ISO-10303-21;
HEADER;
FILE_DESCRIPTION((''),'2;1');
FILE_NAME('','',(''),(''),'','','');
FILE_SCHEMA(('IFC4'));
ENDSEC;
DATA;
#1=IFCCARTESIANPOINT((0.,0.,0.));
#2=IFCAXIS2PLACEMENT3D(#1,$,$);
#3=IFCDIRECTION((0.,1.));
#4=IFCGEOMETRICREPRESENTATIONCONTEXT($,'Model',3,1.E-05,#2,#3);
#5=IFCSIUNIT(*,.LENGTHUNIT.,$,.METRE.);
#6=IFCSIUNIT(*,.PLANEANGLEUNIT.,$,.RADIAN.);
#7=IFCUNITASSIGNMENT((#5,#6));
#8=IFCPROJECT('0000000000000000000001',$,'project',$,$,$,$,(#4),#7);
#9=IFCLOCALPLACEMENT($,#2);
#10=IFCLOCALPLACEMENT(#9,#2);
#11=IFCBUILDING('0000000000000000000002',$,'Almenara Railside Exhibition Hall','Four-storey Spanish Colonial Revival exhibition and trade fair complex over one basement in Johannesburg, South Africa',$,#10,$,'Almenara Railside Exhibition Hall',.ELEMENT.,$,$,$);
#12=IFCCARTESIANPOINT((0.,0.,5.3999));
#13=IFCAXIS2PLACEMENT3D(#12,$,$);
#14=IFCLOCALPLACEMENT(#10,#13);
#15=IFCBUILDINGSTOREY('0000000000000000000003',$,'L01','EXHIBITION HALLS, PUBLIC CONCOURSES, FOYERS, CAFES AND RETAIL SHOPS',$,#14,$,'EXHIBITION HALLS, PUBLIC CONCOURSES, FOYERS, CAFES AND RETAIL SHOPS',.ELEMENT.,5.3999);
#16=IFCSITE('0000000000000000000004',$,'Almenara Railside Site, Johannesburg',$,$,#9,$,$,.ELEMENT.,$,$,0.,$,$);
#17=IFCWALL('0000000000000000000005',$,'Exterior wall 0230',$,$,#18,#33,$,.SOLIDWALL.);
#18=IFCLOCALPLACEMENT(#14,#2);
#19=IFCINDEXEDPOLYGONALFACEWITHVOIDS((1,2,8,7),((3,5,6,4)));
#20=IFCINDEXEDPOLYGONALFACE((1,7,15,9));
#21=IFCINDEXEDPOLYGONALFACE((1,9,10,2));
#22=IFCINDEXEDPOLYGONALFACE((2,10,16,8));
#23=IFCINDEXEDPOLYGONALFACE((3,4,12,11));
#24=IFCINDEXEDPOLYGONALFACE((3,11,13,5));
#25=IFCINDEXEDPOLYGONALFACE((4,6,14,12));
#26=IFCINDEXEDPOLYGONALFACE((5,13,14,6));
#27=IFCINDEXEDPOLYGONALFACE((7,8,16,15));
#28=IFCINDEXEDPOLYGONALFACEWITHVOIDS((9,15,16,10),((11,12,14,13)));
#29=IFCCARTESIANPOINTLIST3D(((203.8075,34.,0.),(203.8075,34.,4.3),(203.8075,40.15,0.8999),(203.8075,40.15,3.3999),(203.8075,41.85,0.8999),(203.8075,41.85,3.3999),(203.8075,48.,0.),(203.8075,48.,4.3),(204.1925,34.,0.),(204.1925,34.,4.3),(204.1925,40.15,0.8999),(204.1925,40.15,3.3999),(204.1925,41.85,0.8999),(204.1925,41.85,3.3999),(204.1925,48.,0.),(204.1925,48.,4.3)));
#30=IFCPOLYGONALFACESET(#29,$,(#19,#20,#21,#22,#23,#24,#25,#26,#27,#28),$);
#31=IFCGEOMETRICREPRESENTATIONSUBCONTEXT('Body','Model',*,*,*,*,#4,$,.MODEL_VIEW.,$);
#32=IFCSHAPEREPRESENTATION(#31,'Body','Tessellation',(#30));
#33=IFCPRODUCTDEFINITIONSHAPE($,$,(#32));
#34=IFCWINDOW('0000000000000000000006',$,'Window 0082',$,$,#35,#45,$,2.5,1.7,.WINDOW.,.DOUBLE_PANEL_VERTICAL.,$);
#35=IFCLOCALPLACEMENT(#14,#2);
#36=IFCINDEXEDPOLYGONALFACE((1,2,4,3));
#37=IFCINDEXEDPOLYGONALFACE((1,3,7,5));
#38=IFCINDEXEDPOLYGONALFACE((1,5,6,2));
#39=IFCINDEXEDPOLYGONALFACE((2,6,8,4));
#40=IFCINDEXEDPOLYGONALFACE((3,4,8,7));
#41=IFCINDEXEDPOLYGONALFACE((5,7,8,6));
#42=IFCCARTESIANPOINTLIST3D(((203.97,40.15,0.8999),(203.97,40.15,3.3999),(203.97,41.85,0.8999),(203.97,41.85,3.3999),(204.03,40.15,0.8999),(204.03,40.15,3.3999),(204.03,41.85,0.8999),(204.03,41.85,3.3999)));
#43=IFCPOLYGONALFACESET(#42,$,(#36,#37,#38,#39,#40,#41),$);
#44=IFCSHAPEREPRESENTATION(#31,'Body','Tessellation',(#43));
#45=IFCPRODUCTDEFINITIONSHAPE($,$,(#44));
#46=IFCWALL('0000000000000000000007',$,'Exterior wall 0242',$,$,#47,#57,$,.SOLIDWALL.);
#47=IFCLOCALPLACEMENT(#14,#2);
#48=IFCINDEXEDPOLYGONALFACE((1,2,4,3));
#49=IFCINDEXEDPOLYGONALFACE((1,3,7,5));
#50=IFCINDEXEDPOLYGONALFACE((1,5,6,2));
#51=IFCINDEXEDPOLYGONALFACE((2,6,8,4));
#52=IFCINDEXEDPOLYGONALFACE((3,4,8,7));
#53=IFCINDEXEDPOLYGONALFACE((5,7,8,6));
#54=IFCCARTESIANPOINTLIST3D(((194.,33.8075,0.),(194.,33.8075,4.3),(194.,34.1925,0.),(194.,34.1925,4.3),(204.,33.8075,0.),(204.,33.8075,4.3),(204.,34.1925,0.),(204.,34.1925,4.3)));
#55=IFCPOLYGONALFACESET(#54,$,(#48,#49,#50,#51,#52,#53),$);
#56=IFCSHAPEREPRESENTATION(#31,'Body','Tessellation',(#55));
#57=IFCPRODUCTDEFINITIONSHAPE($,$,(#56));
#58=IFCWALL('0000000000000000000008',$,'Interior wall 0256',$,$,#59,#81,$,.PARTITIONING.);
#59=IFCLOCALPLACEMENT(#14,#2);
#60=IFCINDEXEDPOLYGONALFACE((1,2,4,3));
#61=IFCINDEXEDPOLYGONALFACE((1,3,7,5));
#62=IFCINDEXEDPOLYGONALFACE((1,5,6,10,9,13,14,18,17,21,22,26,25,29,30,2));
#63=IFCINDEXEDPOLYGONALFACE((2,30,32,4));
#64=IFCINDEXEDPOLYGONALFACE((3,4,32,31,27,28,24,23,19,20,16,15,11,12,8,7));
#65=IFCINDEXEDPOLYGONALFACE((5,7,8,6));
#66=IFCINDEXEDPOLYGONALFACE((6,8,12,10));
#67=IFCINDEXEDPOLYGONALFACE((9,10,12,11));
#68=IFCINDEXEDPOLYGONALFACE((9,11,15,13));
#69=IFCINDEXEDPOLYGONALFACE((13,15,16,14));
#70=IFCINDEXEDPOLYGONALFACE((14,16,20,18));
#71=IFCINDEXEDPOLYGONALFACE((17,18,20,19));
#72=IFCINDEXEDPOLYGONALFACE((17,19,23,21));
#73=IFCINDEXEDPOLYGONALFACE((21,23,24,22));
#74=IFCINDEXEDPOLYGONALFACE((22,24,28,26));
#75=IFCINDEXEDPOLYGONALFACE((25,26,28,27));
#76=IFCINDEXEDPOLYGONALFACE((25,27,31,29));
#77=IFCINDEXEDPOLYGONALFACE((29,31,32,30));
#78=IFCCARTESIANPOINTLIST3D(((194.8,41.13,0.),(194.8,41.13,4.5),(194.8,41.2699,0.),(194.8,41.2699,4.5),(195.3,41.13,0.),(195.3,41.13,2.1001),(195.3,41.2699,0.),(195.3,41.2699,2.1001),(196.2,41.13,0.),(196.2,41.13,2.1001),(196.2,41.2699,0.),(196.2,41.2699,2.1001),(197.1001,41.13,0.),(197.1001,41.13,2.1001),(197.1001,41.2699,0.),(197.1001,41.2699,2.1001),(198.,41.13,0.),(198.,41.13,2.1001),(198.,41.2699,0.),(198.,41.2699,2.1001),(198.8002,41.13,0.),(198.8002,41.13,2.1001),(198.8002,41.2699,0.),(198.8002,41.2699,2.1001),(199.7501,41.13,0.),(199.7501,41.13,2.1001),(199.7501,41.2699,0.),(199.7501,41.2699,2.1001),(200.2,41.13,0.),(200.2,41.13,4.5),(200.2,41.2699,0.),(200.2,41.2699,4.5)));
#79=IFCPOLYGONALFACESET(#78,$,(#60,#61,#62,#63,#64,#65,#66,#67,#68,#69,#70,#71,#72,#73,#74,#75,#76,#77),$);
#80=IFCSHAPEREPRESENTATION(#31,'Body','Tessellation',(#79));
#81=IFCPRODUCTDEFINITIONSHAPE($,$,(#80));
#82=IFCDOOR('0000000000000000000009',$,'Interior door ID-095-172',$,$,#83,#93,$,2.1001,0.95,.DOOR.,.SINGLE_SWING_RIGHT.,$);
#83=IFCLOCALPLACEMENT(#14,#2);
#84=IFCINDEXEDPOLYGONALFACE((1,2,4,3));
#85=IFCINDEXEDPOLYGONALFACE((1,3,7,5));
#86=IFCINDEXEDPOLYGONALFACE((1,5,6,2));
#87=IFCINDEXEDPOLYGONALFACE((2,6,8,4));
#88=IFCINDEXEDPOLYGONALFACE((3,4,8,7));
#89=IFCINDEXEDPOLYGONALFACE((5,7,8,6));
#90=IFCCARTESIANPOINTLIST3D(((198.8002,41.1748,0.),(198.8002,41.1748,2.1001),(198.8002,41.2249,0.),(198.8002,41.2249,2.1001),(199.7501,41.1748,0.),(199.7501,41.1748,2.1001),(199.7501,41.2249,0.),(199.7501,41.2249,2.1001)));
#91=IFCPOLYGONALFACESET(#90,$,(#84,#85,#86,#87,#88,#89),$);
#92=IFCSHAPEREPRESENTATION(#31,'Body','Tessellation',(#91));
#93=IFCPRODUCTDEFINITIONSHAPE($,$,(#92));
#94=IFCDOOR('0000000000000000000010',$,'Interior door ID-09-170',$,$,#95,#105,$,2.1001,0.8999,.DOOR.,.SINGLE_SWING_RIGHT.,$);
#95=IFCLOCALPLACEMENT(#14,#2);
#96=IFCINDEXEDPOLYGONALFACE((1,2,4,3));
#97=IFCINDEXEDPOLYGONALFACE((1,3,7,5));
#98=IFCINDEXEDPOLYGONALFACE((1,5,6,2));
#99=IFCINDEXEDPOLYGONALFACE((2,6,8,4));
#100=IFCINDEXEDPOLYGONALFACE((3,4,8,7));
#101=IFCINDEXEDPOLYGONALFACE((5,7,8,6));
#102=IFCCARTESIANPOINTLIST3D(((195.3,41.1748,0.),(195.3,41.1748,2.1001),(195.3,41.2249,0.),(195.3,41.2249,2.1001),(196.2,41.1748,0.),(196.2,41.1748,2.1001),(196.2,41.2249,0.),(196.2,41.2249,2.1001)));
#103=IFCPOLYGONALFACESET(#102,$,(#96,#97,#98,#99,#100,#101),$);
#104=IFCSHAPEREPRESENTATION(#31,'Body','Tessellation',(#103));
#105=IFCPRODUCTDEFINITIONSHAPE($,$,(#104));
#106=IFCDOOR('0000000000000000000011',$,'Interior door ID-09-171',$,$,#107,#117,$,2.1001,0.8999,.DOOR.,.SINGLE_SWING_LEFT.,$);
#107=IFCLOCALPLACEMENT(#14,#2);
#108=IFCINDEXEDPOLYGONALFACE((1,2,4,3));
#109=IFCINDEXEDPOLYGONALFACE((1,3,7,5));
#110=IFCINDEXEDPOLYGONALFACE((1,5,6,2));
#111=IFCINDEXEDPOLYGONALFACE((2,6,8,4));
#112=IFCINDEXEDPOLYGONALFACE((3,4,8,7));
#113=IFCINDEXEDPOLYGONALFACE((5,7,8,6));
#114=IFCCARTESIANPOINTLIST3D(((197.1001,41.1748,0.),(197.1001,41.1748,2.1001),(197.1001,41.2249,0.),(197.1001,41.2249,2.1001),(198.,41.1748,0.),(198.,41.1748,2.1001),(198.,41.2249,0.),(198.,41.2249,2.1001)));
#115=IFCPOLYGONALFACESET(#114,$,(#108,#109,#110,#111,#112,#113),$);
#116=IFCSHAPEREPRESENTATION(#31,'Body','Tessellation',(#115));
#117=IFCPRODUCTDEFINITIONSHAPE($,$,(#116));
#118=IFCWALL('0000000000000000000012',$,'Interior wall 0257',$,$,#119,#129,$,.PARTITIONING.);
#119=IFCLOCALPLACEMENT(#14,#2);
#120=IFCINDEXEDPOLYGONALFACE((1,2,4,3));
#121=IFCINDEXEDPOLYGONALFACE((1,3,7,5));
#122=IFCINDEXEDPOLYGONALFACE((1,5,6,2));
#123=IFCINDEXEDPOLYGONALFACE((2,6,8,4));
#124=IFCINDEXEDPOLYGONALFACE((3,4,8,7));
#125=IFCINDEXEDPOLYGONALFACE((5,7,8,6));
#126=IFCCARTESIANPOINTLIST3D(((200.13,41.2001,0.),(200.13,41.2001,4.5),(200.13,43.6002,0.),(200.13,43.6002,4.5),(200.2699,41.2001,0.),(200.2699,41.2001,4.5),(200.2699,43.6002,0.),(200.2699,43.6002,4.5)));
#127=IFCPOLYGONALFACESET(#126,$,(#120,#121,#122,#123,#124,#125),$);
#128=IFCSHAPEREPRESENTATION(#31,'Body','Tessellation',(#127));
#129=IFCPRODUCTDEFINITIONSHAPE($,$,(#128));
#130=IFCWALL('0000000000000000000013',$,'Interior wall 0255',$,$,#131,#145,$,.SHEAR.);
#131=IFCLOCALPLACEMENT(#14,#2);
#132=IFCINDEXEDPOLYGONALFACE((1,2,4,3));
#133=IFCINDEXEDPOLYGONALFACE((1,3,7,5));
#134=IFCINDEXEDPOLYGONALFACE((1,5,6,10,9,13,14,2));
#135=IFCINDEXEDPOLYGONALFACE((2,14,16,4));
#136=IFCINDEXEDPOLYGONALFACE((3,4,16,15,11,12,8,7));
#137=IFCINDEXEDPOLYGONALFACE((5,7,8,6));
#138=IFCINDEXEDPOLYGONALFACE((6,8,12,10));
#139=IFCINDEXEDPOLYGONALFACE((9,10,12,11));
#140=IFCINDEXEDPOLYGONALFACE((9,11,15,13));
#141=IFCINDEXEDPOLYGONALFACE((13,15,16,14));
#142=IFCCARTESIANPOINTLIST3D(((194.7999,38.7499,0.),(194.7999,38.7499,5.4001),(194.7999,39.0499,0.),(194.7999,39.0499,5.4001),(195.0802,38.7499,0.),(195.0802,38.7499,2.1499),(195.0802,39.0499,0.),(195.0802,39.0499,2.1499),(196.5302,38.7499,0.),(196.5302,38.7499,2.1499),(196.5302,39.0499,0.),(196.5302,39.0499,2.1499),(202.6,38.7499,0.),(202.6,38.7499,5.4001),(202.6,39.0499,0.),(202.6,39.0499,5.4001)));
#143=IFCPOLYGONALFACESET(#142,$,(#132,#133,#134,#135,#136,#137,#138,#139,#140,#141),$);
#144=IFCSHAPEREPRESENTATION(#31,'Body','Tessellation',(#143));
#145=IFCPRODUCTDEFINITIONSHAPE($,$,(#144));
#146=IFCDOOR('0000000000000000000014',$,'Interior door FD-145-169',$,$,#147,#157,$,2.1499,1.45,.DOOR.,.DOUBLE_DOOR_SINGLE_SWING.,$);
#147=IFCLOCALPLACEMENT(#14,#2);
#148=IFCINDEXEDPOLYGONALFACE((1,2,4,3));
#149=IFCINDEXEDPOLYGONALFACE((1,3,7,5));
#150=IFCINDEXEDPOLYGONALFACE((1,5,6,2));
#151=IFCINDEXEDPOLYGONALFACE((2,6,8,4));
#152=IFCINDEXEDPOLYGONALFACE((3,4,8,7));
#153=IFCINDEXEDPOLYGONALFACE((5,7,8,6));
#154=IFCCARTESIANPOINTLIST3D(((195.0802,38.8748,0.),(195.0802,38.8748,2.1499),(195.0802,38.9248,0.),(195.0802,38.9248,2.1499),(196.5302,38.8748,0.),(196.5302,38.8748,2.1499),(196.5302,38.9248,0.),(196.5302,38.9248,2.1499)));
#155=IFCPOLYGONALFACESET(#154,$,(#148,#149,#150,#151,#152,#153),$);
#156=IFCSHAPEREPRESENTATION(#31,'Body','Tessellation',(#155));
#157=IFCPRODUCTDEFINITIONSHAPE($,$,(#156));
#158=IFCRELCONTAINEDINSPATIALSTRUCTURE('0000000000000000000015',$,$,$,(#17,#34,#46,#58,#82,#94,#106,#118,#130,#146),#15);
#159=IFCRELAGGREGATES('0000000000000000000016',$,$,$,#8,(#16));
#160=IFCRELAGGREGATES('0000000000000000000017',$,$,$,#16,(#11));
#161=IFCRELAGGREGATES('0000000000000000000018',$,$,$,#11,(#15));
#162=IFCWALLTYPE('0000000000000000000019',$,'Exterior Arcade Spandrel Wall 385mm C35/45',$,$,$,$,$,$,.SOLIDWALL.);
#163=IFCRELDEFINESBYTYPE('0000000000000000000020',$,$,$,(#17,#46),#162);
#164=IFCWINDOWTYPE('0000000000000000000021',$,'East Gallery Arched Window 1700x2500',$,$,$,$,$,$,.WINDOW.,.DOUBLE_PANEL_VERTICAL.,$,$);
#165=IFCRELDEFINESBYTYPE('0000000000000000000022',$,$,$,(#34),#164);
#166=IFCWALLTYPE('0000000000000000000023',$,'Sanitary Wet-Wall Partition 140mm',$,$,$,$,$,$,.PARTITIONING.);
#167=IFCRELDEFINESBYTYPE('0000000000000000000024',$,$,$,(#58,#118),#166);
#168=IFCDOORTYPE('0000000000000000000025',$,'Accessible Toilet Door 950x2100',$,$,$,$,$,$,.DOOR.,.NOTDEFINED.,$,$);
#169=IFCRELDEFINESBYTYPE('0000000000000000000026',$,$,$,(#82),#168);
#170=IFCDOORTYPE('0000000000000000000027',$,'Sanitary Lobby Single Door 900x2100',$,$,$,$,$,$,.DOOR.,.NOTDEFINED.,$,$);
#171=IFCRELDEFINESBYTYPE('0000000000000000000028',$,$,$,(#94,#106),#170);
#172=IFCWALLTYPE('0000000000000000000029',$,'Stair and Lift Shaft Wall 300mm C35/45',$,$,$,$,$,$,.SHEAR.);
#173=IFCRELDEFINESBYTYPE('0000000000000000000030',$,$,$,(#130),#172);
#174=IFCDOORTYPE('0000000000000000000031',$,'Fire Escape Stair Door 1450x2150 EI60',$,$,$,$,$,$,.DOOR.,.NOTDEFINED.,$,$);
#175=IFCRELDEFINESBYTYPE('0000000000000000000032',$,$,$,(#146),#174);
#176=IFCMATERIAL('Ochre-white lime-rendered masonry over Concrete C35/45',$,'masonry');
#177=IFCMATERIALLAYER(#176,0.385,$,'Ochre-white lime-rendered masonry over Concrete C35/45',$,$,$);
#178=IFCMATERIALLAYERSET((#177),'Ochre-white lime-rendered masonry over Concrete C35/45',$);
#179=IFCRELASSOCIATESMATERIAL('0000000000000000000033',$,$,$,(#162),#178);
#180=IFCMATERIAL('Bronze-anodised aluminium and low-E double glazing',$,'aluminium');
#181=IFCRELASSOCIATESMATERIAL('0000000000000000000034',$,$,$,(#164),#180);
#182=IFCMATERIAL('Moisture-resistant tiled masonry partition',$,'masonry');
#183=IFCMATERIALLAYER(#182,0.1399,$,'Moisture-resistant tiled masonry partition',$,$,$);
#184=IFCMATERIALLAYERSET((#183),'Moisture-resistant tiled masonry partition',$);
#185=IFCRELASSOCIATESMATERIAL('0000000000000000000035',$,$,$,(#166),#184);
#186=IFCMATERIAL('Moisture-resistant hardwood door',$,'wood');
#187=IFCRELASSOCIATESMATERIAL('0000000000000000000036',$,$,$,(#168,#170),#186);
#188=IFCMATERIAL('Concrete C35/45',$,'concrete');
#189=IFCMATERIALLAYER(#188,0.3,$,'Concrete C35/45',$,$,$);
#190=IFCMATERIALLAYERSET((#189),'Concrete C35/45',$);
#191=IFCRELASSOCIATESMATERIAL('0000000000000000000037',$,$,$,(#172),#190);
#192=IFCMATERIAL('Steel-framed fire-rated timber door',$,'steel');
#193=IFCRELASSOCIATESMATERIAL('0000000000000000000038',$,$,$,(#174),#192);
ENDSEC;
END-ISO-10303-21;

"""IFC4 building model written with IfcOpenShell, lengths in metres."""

from ifc_helpers import new_model, si_unit, direction, frame, frame_2d, origin, place, context, subcontext, project, spatial, rectangle, extrude, material, layer, layer_set, type_object, element, fill, save


model = new_model("IFC4")

# Units and contexts
model_context = context("Model", 3, precision=1e-05, world=origin(), true_north=direction((0.0, 1.0)))
body_context = subcontext(model_context, "Body", "Model", "MODEL_VIEW")
ifc_project = project(units=[si_unit("LENGTHUNIT", "METRE"), si_unit("PLANEANGLEUNIT", "RADIAN")], contexts=[model_context])

# Site, building, storey
site_placement = place(None, origin())
site = spatial("IfcSite", under=ifc_project, at=site_placement, Name="Almenara Railside Site, Johannesburg", CompositionType="ELEMENT", RefElevation=0.0)
building_placement = place(site_placement, origin())
building = spatial("IfcBuilding", under=site, at=building_placement, Name="Almenara Railside Exhibition Hall", Description="Four-storey Spanish Colonial Revival exhibition and trade fair complex over one basement in Johannesburg, South Africa", LongName="Almenara Railside Exhibition Hall", CompositionType="ELEMENT")
storey_placement = place(building_placement, frame((0.0, 0.0, 5.3999)))
storey = spatial("IfcBuildingStorey", under=building, at=storey_placement, Name="L01", Description="EXHIBITION HALLS, PUBLIC CONCOURSES, FOYERS, CAFES AND RETAIL SHOPS", LongName="EXHIBITION HALLS, PUBLIC CONCOURSES, FOYERS, CAFES AND RETAIL SHOPS", CompositionType="ELEMENT", Elevation=5.3999)

# Shared definitions
ifc_material_1 = material(Name="Concrete C35/45", Category="concrete")

# Wall, opening, window
ifc_material_2 = material(Name="Ochre-white lime-rendered masonry over Concrete C35/45", Category="masonry")
ifc_layer_1 = layer(ifc_material_2, 0.385, Name="Ochre-white lime-rendered masonry over Concrete C35/45")
ifc_layer_set_1 = layer_set([ifc_layer_1], Name="Ochre-white lime-rendered masonry over Concrete C35/45")
wall_type_1 = type_object("IfcWallType", Name="Exterior Arcade Spandrel Wall 385mm C35/45", PredefinedType="SOLIDWALL", material=ifc_layer_set_1)
wall_1_placement = place(storey_placement, frame((204.0, 34.0, 0.0), z_axis=(0.0, 0.0, 1.0), x_axis=(0.0, 1.0, 0.0)))
wall_1 = element("IfcWall", 1, at=wall_1_placement, inside=storey, type_object=wall_type_1, Name="Exterior wall 0230", PredefinedType="SOLIDWALL", context=body_context, shape_type="SweptSolid", body=[
    extrude(rectangle(XDim=14.0, YDim=0.385, at=frame_2d((7.0, 0.0))), origin(), (0.0, 0.0, 1.0), 4.3),
])
opening_1_placement = place(wall_1_placement, frame((6.1499, 0.0, 0.8999)))
opening_1 = element("IfcOpeningElement", 2, at=opening_1_placement, cuts=wall_1, PredefinedType="OPENING", context=body_context, shape_type="SweptSolid", body=[
    extrude(rectangle(XDim=1.7, YDim=2.5, at=frame_2d((0.8501, 1.25))), frame((0.0, 0.2024, 0.0), z_axis=(0.0, -1.0, 0.0), x_axis=(1.0, 0.0, 0.0)), (0.0, 0.0, 1.0), 0.405),
])
ifc_material_3 = material(Name="Bronze-anodised aluminium and low-E double glazing", Category="aluminium")
window_type = type_object("IfcWindowType", Name="East Gallery Arched Window 1700x2500", PartitioningType="DOUBLE_PANEL_VERTICAL", PredefinedType="WINDOW", material=ifc_material_3)
window_placement = place(opening_1_placement, origin())
window = element("IfcWindow", 3, at=window_placement, inside=storey, type_object=window_type, Name="Window 0082", OverallHeight=2.5, OverallWidth=1.7, PartitioningType="DOUBLE_PANEL_VERTICAL", PredefinedType="WINDOW", context=body_context, shape_type="SweptSolid", body=[
    extrude(rectangle(XDim=1.7, YDim=2.5, at=frame_2d((0.8501, 1.25))), frame((0.0, 0.03, 0.0), z_axis=(0.0, -1.0, 0.0), x_axis=(1.0, 0.0, 0.0)), (0.0, 0.0, 1.0), 0.0601),
])
fill(opening_1, window)

# Wall
wall_2_placement = place(storey_placement, frame((194.0, 34.0, 0.0), z_axis=(0.0, 0.0, 1.0), x_axis=(1.0, 0.0, 0.0)))
element("IfcWall", 4, at=wall_2_placement, inside=storey, type_object=wall_type_1, Name="Exterior wall 0242", PredefinedType="SOLIDWALL", context=body_context, shape_type="SweptSolid", body=[
    extrude(rectangle(XDim=10.0, YDim=0.385, at=frame_2d((5.0, 0.0))), origin(), (0.0, 0.0, 1.0), 4.3),
])

# Wall, openings, doors
ifc_material_4 = material(Name="Moisture-resistant tiled masonry partition", Category="masonry")
ifc_layer_2 = layer(ifc_material_4, 0.1399, Name="Moisture-resistant tiled masonry partition")
ifc_layer_set_2 = layer_set([ifc_layer_2], Name="Moisture-resistant tiled masonry partition")
wall_type_2 = type_object("IfcWallType", Name="Sanitary Wet-Wall Partition 140mm", PredefinedType="PARTITIONING", material=ifc_layer_set_2)
wall_3_placement = place(storey_placement, frame((194.8, 41.2, 0.0), z_axis=(0.0, 0.0, 1.0), x_axis=(1.0, 0.0, 0.0)))
wall_3 = element("IfcWall", 5, at=wall_3_placement, inside=storey, type_object=wall_type_2, Name="Interior wall 0256", PredefinedType="PARTITIONING", context=body_context, shape_type="SweptSolid", body=[
    extrude(rectangle(XDim=5.3999, YDim=0.1399, at=frame_2d((2.7, 0.0))), origin(), (0.0, 0.0, 1.0), 4.5),
])
opening_2_placement = place(wall_3_placement, frame((0.5, 0.0, 0.0)))
opening_2 = element("IfcOpeningElement", 6, at=opening_2_placement, cuts=wall_3, PredefinedType="OPENING", context=body_context, shape_type="SweptSolid", body=[
    extrude(rectangle(XDim=0.8999, YDim=2.1001, at=frame_2d((0.45, 1.05))), frame((0.0, 0.0798, 0.0), z_axis=(0.0, -1.0, 0.0), x_axis=(1.0, 0.0, 0.0)), (0.0, 0.0, 1.0), 0.1599),
])
opening_3_placement = place(wall_3_placement, frame((2.3, 0.0, 0.0)))
opening_3 = element("IfcOpeningElement", 7, at=opening_3_placement, cuts=wall_3, PredefinedType="OPENING", context=body_context, shape_type="SweptSolid", body=[
    extrude(rectangle(XDim=0.8999, YDim=2.1001, at=frame_2d((0.45, 1.05))), frame((0.0, 0.0798, 0.0), z_axis=(0.0, -1.0, 0.0), x_axis=(1.0, 0.0, 0.0)), (0.0, 0.0, 1.0), 0.1599),
])
opening_4_placement = place(wall_3_placement, frame((4.0, 0.0, 0.0)))
opening_4 = element("IfcOpeningElement", 8, at=opening_4_placement, cuts=wall_3, PredefinedType="OPENING", context=body_context, shape_type="SweptSolid", body=[
    extrude(rectangle(XDim=0.95, YDim=2.1001, at=frame_2d((0.4751, 1.05))), frame((0.0, 0.0798, 0.0), z_axis=(0.0, -1.0, 0.0), x_axis=(1.0, 0.0, 0.0)), (0.0, 0.0, 1.0), 0.1599),
])
ifc_material_5 = material(Name="Moisture-resistant hardwood door", Category="wood")
door_type_1 = type_object("IfcDoorType", Name="Accessible Toilet Door 950x2100", OperationType="NOTDEFINED", PredefinedType="DOOR", material=ifc_material_5)
door_1_placement = place(opening_4_placement, origin())
door_1 = element("IfcDoor", 9, at=door_1_placement, inside=storey, type_object=door_type_1, Name="Interior door ID-095-172", OperationType="SINGLE_SWING_RIGHT", OverallHeight=2.1001, OverallWidth=0.95, PredefinedType="DOOR", context=body_context, shape_type="SweptSolid", body=[
    extrude(rectangle(XDim=0.95, YDim=2.1001, at=frame_2d((0.4751, 1.05))), frame((0.0, 0.0249, 0.0), z_axis=(0.0, -1.0, 0.0), x_axis=(1.0, 0.0, 0.0)), (0.0, 0.0, 1.0), 0.05),
])
fill(opening_4, door_1)
door_type_2 = type_object("IfcDoorType", Name="Sanitary Lobby Single Door 900x2100", OperationType="NOTDEFINED", PredefinedType="DOOR", material=ifc_material_5)
door_2_placement = place(opening_2_placement, origin())
door_2 = element("IfcDoor", 10, at=door_2_placement, inside=storey, type_object=door_type_2, Name="Interior door ID-09-170", OperationType="SINGLE_SWING_RIGHT", OverallHeight=2.1001, OverallWidth=0.8999, PredefinedType="DOOR", context=body_context, shape_type="SweptSolid", body=[
    extrude(rectangle(XDim=0.8999, YDim=2.1001, at=frame_2d((0.45, 1.05))), frame((0.0, 0.0249, 0.0), z_axis=(0.0, -1.0, 0.0), x_axis=(1.0, 0.0, 0.0)), (0.0, 0.0, 1.0), 0.05),
])
fill(opening_2, door_2)
door_3_placement = place(opening_3_placement, origin())
door_3 = element("IfcDoor", 11, at=door_3_placement, inside=storey, type_object=door_type_2, Name="Interior door ID-09-171", OperationType="SINGLE_SWING_LEFT", OverallHeight=2.1001, OverallWidth=0.8999, PredefinedType="DOOR", context=body_context, shape_type="SweptSolid", body=[
    extrude(rectangle(XDim=0.8999, YDim=2.1001, at=frame_2d((0.45, 1.05))), frame((0.0, 0.0249, 0.0), z_axis=(0.0, -1.0, 0.0), x_axis=(1.0, 0.0, 0.0)), (0.0, 0.0, 1.0), 0.05),
])
fill(opening_3, door_3)

# Wall
wall_4_placement = place(storey_placement, frame((200.2, 41.2, 0.0), z_axis=(0.0, 0.0, 1.0), x_axis=(0.0, 1.0, 0.0)))
element("IfcWall", 12, at=wall_4_placement, inside=storey, type_object=wall_type_2, Name="Interior wall 0257", PredefinedType="PARTITIONING", context=body_context, shape_type="SweptSolid", body=[
    extrude(rectangle(XDim=2.4001, YDim=0.1399, at=frame_2d((1.2002, 0.0))), origin(), (0.0, 0.0, 1.0), 4.5),
])

# Wall, opening, door
ifc_layer_3 = layer(ifc_material_1, 0.3, Name="Concrete C35/45")
ifc_layer_set_3 = layer_set([ifc_layer_3], Name="Concrete C35/45")
wall_type_3 = type_object("IfcWallType", Name="Stair and Lift Shaft Wall 300mm C35/45", PredefinedType="SHEAR", material=ifc_layer_set_3)
wall_5_placement = place(storey_placement, frame((194.8, 38.8999, 0.0), z_axis=(0.0, 0.0, 1.0), x_axis=(1.0, 0.0, 0.0)))
wall_5 = element("IfcWall", 13, at=wall_5_placement, inside=storey, type_object=wall_type_3, Name="Interior wall 0255", PredefinedType="SHEAR", context=body_context, shape_type="SweptSolid", body=[
    extrude(rectangle(XDim=7.8, YDim=0.3, at=frame_2d((3.8999, 0.0))), origin(), (0.0, 0.0, 1.0), 5.4001),
])
opening_5_placement = place(wall_5_placement, frame((0.28, 0.0, 0.0)))
opening_5 = element("IfcOpeningElement", 14, at=opening_5_placement, cuts=wall_5, PredefinedType="OPENING", context=body_context, shape_type="SweptSolid", body=[
    extrude(rectangle(XDim=1.45, YDim=2.1499, at=frame_2d((0.7251, 1.075))), frame((0.0, 0.1599, 0.0), z_axis=(0.0, -1.0, 0.0), x_axis=(1.0, 0.0, 0.0)), (0.0, 0.0, 1.0), 0.3201),
])
ifc_material_6 = material(Name="Steel-framed fire-rated timber door", Category="steel")
door_type_3 = type_object("IfcDoorType", Name="Fire Escape Stair Door 1450x2150 EI60", OperationType="NOTDEFINED", PredefinedType="DOOR", material=ifc_material_6)
door_4_placement = place(opening_5_placement, origin())
door_4 = element("IfcDoor", 15, at=door_4_placement, inside=storey, type_object=door_type_3, Name="Interior door FD-145-169", OperationType="DOUBLE_DOOR_SINGLE_SWING", OverallHeight=2.1499, OverallWidth=1.45, PredefinedType="DOOR", context=body_context, shape_type="SweptSolid", body=[
    extrude(rectangle(XDim=1.45, YDim=2.1499, at=frame_2d((0.7251, 1.075))), frame((0.0, 0.0249, 0.0), z_axis=(0.0, -1.0, 0.0), x_axis=(1.0, 0.0, 0.0)), (0.0, 0.0, 1.0), 0.05),
])
fill(opening_5, door_4)

save(model, "model.ifc")
